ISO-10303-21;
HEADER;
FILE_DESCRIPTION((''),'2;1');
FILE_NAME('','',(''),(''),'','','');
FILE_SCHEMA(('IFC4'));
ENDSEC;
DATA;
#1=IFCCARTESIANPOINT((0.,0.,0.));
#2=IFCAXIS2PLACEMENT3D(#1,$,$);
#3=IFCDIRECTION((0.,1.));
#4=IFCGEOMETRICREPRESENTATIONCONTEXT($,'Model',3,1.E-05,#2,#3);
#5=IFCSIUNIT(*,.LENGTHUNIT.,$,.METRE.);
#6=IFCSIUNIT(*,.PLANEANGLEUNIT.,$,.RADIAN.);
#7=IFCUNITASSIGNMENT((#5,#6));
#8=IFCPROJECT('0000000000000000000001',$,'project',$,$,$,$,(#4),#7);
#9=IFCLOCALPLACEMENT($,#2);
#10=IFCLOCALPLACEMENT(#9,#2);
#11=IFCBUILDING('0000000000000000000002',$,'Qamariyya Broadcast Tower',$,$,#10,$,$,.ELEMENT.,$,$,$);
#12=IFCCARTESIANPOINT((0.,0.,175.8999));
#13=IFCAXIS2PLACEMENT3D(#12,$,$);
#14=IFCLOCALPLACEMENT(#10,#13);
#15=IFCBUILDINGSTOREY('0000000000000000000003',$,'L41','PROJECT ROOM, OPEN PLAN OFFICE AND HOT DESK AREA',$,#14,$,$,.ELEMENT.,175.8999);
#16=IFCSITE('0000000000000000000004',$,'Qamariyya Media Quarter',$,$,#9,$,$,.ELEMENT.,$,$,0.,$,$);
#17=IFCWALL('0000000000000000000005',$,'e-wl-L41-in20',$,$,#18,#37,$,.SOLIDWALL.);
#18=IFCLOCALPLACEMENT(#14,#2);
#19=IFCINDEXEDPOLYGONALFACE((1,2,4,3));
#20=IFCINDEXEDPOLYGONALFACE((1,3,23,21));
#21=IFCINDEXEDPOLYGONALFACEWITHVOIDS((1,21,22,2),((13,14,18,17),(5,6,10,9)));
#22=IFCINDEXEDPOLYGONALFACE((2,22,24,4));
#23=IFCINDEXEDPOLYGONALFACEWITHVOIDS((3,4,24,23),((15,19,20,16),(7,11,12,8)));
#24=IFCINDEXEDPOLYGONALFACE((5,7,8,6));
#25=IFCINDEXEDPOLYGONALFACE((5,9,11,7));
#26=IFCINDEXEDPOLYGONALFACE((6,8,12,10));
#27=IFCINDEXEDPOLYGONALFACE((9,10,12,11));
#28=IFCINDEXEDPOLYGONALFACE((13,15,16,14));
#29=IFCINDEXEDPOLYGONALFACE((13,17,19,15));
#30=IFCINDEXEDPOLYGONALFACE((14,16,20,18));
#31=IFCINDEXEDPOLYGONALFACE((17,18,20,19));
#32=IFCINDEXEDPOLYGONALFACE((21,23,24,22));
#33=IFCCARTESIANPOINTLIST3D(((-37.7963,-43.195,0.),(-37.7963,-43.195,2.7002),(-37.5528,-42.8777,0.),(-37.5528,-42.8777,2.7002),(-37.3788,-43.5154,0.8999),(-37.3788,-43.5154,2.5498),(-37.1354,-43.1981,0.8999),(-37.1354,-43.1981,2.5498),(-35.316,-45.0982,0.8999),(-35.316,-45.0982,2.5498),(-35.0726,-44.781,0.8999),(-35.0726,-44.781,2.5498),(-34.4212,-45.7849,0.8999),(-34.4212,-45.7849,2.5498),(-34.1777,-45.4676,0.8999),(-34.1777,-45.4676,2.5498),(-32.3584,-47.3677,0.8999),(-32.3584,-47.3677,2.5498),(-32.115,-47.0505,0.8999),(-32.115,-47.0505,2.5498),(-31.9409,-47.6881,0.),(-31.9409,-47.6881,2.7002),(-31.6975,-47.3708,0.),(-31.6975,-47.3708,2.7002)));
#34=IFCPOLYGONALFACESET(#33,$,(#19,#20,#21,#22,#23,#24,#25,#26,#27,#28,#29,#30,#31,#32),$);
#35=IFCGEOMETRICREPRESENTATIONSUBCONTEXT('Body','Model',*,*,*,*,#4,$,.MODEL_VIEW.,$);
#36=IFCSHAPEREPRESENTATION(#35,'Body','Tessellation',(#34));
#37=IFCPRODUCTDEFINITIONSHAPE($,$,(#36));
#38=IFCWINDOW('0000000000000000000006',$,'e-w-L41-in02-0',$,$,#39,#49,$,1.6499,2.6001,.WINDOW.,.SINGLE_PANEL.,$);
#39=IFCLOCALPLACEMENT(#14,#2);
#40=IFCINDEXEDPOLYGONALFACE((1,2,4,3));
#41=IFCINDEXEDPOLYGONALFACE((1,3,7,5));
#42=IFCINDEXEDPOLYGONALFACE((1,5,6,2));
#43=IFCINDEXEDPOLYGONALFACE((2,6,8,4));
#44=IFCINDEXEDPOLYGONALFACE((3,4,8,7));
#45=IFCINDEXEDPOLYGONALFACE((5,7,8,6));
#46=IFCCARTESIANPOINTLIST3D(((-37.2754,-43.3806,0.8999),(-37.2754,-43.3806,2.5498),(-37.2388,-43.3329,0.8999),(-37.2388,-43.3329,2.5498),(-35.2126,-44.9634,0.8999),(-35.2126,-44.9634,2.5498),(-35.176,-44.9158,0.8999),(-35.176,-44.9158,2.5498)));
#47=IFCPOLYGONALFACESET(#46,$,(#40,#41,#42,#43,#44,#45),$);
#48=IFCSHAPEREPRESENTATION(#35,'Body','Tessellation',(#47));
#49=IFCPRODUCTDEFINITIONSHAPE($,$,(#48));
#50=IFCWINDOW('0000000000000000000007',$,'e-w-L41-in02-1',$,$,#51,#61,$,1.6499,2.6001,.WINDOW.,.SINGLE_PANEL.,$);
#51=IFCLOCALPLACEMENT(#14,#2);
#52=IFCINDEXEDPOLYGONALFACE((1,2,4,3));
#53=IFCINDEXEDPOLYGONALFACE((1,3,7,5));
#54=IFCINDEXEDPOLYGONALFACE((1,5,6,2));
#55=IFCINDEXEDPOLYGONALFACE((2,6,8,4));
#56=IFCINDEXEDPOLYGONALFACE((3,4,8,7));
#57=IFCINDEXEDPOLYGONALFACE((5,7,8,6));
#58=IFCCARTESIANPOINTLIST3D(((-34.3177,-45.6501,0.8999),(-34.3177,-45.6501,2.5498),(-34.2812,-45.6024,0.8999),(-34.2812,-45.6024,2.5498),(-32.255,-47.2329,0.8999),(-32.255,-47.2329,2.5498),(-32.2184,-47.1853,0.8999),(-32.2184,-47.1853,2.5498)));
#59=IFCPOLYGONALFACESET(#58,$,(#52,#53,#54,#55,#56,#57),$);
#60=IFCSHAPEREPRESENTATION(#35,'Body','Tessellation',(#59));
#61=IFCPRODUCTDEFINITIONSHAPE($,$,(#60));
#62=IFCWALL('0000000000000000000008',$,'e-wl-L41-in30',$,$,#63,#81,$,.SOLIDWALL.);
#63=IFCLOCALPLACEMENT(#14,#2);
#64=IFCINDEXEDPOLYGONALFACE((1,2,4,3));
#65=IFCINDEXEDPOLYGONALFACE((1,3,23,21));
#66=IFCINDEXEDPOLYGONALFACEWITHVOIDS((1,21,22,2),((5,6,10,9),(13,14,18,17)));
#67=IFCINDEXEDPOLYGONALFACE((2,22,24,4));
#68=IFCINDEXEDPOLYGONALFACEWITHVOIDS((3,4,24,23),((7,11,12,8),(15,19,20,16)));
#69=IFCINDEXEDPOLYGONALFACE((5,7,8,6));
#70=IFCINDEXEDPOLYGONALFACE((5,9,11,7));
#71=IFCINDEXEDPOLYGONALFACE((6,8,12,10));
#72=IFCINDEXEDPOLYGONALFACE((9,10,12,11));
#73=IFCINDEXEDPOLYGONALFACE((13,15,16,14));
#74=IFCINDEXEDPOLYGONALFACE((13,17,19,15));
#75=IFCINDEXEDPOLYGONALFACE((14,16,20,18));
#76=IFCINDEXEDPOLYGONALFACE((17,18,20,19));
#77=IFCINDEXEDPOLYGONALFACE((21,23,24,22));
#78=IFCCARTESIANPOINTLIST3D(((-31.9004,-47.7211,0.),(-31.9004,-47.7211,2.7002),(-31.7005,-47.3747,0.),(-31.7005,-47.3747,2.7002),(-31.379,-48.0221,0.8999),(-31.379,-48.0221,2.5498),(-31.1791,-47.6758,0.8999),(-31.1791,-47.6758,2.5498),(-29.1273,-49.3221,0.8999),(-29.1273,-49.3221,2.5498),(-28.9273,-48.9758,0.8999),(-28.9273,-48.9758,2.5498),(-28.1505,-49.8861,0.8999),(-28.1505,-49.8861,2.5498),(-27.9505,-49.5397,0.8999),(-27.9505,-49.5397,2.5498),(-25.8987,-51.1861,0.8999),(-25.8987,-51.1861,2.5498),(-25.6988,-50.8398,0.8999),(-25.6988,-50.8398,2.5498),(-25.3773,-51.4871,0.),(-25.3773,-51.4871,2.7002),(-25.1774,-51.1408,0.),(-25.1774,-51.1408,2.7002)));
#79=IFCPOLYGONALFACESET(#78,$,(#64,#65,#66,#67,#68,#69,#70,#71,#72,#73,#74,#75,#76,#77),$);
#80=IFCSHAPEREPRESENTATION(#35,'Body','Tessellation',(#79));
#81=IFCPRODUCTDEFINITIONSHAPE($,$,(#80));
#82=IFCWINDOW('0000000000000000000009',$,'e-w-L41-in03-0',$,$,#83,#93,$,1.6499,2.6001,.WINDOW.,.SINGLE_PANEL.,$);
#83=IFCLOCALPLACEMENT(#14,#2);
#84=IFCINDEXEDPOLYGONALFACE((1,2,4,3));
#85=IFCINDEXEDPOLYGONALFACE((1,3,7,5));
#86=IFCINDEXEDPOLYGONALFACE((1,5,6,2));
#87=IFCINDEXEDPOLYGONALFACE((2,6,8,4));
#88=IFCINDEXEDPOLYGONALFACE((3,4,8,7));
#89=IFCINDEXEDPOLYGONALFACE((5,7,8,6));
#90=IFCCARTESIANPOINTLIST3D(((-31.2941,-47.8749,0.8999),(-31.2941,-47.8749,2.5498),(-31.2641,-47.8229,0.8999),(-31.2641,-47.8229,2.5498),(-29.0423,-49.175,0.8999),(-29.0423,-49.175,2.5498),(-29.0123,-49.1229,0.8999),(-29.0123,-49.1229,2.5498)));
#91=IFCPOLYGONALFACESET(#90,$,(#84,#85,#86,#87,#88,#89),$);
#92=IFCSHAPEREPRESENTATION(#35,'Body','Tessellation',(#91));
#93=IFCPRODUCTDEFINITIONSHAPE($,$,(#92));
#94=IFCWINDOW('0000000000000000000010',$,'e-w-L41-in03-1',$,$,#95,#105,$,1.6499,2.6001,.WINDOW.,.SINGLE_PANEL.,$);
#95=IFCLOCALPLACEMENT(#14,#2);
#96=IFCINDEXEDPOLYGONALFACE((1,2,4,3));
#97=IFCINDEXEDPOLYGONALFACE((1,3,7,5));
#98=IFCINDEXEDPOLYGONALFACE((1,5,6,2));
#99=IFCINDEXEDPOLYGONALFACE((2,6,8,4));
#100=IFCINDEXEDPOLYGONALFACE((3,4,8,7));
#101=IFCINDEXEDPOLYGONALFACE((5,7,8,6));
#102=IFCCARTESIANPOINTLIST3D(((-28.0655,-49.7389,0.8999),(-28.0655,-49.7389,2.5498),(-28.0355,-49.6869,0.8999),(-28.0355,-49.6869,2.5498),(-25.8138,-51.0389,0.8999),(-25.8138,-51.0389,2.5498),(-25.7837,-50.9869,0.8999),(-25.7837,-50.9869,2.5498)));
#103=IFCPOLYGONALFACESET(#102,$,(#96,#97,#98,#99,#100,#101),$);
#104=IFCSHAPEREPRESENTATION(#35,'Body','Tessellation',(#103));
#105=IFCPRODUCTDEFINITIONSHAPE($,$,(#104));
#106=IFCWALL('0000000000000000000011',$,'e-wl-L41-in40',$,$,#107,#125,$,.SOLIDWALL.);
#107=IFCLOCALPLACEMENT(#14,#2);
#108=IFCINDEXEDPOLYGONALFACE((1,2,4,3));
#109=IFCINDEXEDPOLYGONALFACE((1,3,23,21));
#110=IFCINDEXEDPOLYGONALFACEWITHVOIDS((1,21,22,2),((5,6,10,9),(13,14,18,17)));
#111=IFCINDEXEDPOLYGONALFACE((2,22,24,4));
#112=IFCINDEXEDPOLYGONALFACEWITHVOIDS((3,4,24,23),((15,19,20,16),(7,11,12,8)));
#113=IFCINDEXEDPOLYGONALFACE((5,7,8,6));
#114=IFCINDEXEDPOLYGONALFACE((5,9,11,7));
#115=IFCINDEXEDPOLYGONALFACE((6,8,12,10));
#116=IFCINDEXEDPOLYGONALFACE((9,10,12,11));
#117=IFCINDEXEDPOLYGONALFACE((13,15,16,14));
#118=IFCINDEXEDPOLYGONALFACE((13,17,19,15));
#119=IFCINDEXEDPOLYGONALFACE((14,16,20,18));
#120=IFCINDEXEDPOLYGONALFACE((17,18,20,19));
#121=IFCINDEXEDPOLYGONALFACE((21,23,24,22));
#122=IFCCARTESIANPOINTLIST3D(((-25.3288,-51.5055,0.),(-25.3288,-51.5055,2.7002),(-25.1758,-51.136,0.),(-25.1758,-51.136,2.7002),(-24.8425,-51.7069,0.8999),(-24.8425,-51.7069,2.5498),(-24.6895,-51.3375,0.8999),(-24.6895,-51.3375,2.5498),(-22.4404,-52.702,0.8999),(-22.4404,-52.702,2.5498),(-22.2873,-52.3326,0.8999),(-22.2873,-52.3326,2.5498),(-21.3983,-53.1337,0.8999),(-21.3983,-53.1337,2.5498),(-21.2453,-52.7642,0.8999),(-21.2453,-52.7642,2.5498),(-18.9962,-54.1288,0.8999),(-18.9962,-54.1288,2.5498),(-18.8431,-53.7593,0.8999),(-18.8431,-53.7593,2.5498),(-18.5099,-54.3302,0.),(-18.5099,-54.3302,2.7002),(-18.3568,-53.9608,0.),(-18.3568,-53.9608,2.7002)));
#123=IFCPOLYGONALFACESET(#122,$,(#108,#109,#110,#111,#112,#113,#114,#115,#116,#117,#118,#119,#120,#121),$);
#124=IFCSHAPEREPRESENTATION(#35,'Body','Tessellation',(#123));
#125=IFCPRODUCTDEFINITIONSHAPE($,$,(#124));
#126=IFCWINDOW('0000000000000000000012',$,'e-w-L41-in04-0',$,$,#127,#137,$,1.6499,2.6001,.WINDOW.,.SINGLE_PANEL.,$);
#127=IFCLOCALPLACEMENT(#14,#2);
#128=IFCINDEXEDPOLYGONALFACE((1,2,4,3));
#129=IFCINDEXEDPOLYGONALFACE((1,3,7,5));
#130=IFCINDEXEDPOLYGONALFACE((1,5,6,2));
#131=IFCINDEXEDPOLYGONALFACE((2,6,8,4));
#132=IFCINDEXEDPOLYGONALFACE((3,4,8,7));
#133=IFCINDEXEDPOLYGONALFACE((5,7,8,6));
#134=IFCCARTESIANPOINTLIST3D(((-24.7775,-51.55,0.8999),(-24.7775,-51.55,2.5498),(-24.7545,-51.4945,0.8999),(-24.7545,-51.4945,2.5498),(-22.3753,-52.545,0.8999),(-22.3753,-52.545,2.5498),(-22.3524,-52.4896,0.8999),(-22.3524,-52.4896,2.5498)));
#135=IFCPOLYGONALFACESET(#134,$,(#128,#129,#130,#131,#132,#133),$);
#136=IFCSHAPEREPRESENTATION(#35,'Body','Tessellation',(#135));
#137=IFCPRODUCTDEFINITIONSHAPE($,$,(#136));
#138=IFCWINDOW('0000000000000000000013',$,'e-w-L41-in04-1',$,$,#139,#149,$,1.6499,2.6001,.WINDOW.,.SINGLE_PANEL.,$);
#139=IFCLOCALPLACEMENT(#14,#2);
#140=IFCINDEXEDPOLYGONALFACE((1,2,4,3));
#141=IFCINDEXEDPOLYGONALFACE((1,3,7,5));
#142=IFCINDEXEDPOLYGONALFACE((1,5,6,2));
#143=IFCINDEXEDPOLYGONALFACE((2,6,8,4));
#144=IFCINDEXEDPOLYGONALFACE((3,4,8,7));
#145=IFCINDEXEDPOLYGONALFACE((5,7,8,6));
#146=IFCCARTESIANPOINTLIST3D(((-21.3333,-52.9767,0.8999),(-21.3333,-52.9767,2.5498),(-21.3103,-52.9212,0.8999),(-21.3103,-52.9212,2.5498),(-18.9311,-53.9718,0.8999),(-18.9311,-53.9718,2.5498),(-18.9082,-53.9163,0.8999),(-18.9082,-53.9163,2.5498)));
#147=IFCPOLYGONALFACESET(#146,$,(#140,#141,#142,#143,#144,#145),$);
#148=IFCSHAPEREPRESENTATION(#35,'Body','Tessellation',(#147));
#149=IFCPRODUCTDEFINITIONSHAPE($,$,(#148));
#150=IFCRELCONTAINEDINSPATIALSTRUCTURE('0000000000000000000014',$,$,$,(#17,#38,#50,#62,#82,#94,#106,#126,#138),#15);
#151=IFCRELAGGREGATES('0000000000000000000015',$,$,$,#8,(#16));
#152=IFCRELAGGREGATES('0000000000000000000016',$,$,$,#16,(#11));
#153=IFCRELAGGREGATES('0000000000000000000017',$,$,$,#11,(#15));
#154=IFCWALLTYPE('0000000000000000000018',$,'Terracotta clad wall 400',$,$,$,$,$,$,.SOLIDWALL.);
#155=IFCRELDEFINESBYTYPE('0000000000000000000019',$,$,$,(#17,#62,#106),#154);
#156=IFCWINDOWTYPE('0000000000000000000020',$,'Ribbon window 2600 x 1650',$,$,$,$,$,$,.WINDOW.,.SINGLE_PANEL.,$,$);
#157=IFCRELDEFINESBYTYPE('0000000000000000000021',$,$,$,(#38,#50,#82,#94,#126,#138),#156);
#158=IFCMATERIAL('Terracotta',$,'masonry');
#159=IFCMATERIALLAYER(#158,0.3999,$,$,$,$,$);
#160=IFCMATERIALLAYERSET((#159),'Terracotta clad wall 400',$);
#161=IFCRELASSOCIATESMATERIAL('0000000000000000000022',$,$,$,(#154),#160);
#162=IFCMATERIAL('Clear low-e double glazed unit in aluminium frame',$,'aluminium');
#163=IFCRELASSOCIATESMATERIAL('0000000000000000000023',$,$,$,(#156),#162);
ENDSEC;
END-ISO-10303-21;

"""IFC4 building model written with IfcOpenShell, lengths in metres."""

from ifc_helpers import new_model, si_unit, direction, frame, frame_2d, origin, place, context, subcontext, project, spatial, rectangle, extrude, material, layer, layer_set, type_object, element, fill, save


model = new_model("IFC4")

# Units and contexts
model_context = context("Model", 3, precision=1e-05, world=origin(), true_north=direction((0.0, 1.0)))
body_context = subcontext(model_context, "Body", "Model", "MODEL_VIEW")
ifc_project = project(units=[si_unit("LENGTHUNIT", "METRE"), si_unit("PLANEANGLEUNIT", "RADIAN")], contexts=[model_context])

# Site, building, storey
site_placement = place(None, origin())
site = spatial("IfcSite", under=ifc_project, at=site_placement, Name="Qamariyya Media Quarter", CompositionType="ELEMENT", RefElevation=0.0)
building_placement = place(site_placement, origin())
building = spatial("IfcBuilding", under=site, at=building_placement, Name="Qamariyya Broadcast Tower", CompositionType="ELEMENT")
storey_placement = place(building_placement, frame((0.0, 0.0, 175.8999)))
storey = spatial("IfcBuildingStorey", under=building, at=storey_placement, Name="L41", Description="PROJECT ROOM, OPEN PLAN OFFICE AND HOT DESK AREA", CompositionType="ELEMENT", Elevation=175.8999)

# Walls, openings, windows
ifc_material_1 = material(Name="Terracotta", Category="masonry")
ifc_layer_1 = layer(ifc_material_1, 0.3999)
ifc_layer_set_1 = layer_set([ifc_layer_1], Name="Terracotta clad wall 400")
wall_type_1 = type_object("IfcWallType", Name="Terracotta clad wall 400", PredefinedType="SOLIDWALL", material=ifc_layer_set_1)
wall_1_placement = place(storey_placement, frame((-31.8191, -47.5295, 0.0), z_axis=(0.0, 0.0, 1.0), x_axis=(-0.793346, 0.60877, 0.0)))
wall_1 = element("IfcWall", 1, at=wall_1_placement, inside=storey, type_object=wall_type_1, Name="e-wl-L41-in20", PredefinedType="SOLIDWALL", context=body_context, shape_type="SweptSolid", body=[
    extrude(rectangle(XDim=7.3806, YDim=0.3999, at=frame_2d((3.6904, 0.0))), origin(), (0.0, 0.0, 1.0), 2.7002),
])
opening_1_placement = place(wall_1_placement, frame((4.2544, 0.0, 0.8999)))
opening_1 = element("IfcOpeningElement", 2, at=opening_1_placement, cuts=wall_1, PredefinedType="OPENING", context=body_context, shape_type="SweptSolid", body=[
    extrude(rectangle(XDim=2.6001, YDim=1.6499, at=frame_2d((1.3, 0.825))), frame((0.0, 0.21, 0.0), z_axis=(0.0, -1.0, 0.0), x_axis=(1.0, 0.0, 0.0)), (0.0, 0.0, 1.0), 0.4199),
])
opening_2_placement = place(wall_1_placement, frame((0.5264, 0.0, 0.8999)))
opening_2 = element("IfcOpeningElement", 3, at=opening_2_placement, cuts=wall_1, PredefinedType="OPENING", context=body_context, shape_type="SweptSolid", body=[
    extrude(rectangle(XDim=2.6001, YDim=1.6499, at=frame_2d((1.3, 0.825))), frame((0.0, 0.21, 0.0), z_axis=(0.0, -1.0, 0.0), x_axis=(1.0, 0.0, 0.0)), (0.0, 0.0, 1.0), 0.4199),
])
ifc_material_2 = material(Name="Clear low-e double glazed unit in aluminium frame", Category="aluminium")
window_type = type_object("IfcWindowType", Name="Ribbon window 2600 x 1650", PartitioningType="SINGLE_PANEL", PredefinedType="WINDOW", material=ifc_material_2)
window_1_placement = place(opening_1_placement, origin())
window_1 = element("IfcWindow", 4, at=window_1_placement, inside=storey, type_object=window_type, Name="e-w-L41-in02-0", OverallHeight=1.6499, OverallWidth=2.6001, PartitioningType="SINGLE_PANEL", PredefinedType="WINDOW", context=body_context, shape_type="SweptSolid", body=[
    extrude(rectangle(XDim=2.6001, YDim=1.6499, at=frame_2d((1.3, 0.825))), frame((0.0, 0.03, 0.0), z_axis=(0.0, -1.0, 0.0), x_axis=(1.0, 0.0, 0.0)), (0.0, 0.0, 1.0), 0.0601),
])
fill(opening_1, window_1)
window_2_placement = place(opening_2_placement, origin())
window_2 = element("IfcWindow", 5, at=window_2_placement, inside=storey, type_object=window_type, Name="e-w-L41-in02-1", OverallHeight=1.6499, OverallWidth=2.6001, PartitioningType="SINGLE_PANEL", PredefinedType="WINDOW", context=body_context, shape_type="SweptSolid", body=[
    extrude(rectangle(XDim=2.6001, YDim=1.6499, at=frame_2d((1.3, 0.825))), frame((0.0, 0.03, 0.0), z_axis=(0.0, -1.0, 0.0), x_axis=(1.0, 0.0, 0.0)), (0.0, 0.0, 1.0), 0.0601),
])
fill(opening_2, window_2)
wall_2_placement = place(storey_placement, frame((-25.2773, -51.314, 0.0), z_axis=(0.0, 0.0, 1.0), x_axis=(-0.866029, 0.499995, 0.0)))
wall_2 = element("IfcWall", 6, at=wall_2_placement, inside=storey, type_object=wall_type_1, Name="e-wl-L41-in30", PredefinedType="SOLIDWALL", context=body_context, shape_type="SweptSolid", body=[
    extrude(rectangle(XDim=7.5322, YDim=0.3999, at=frame_2d((3.7661, 0.0))), origin(), (0.0, 0.0, 1.0), 2.7002),
])
opening_3_placement = place(wall_2_placement, frame((4.3301, 0.0, 0.8999)))
opening_3 = element("IfcOpeningElement", 7, at=opening_3_placement, cuts=wall_2, PredefinedType="OPENING", context=body_context, shape_type="SweptSolid", body=[
    extrude(rectangle(XDim=2.6001, YDim=1.6499, at=frame_2d((1.3, 0.825))), frame((0.0, 0.21, 0.0), z_axis=(0.0, -1.0, 0.0), x_axis=(1.0, 0.0, 0.0)), (0.0, 0.0, 1.0), 0.4199),
])
opening_4_placement = place(wall_2_placement, frame((0.6021, 0.0, 0.8999)))
opening_4 = element("IfcOpeningElement", 8, at=opening_4_placement, cuts=wall_2, PredefinedType="OPENING", context=body_context, shape_type="SweptSolid", body=[
    extrude(rectangle(XDim=2.6001, YDim=1.6499, at=frame_2d((1.3, 0.825))), frame((0.0, 0.21, 0.0), z_axis=(0.0, -1.0, 0.0), x_axis=(1.0, 0.0, 0.0)), (0.0, 0.0, 1.0), 0.4199),
])
window_3_placement = place(opening_3_placement, origin())
window_3 = element("IfcWindow", 9, at=window_3_placement, inside=storey, type_object=window_type, Name="e-w-L41-in03-0", OverallHeight=1.6499, OverallWidth=2.6001, PartitioningType="SINGLE_PANEL", PredefinedType="WINDOW", context=body_context, shape_type="SweptSolid", body=[
    extrude(rectangle(XDim=2.6001, YDim=1.6499, at=frame_2d((1.3, 0.825))), frame((0.0, 0.03, 0.0), z_axis=(0.0, -1.0, 0.0), x_axis=(1.0, 0.0, 0.0)), (0.0, 0.0, 1.0), 0.0601),
])
fill(opening_3, window_3)
window_4_placement = place(opening_4_placement, origin())
window_4 = element("IfcWindow", 10, at=window_4_placement, inside=storey, type_object=window_type, Name="e-w-L41-in03-1", OverallHeight=1.6499, OverallWidth=2.6001, PartitioningType="SINGLE_PANEL", PredefinedType="WINDOW", context=body_context, shape_type="SweptSolid", body=[
    extrude(rectangle(XDim=2.6001, YDim=1.6499, at=frame_2d((1.3, 0.825))), frame((0.0, 0.03, 0.0), z_axis=(0.0, -1.0, 0.0), x_axis=(1.0, 0.0, 0.0)), (0.0, 0.0, 1.0), 0.0601),
])
fill(opening_4, window_4)
wall_3_placement = place(storey_placement, frame((-18.4333, -54.1455, 0.0), z_axis=(0.0, 0.0, 1.0), x_axis=(-0.923868, 0.382712, 0.0)))
wall_3 = element("IfcWall", 11, at=wall_3_placement, inside=storey, type_object=wall_type_1, Name="e-wl-L41-in40", PredefinedType="SOLIDWALL", context=body_context, shape_type="SweptSolid", body=[
    extrude(rectangle(XDim=7.3809, YDim=0.3999, at=frame_2d((3.6904, 0.0))), origin(), (0.0, 0.0, 1.0), 2.7002),
])
opening_5_placement = place(wall_3_placement, frame((4.2544, 0.0, 0.8999)))
opening_5 = element("IfcOpeningElement", 12, at=opening_5_placement, cuts=wall_3, PredefinedType="OPENING", context=body_context, shape_type="SweptSolid", body=[
    extrude(rectangle(XDim=2.6001, YDim=1.6499, at=frame_2d((1.3, 0.825))), frame((0.0, 0.21, 0.0), z_axis=(0.0, -1.0, 0.0), x_axis=(1.0, 0.0, 0.0)), (0.0, 0.0, 1.0), 0.4199),
])
opening_6_placement = place(wall_3_placement, frame((0.5264, 0.0, 0.8999)))
opening_6 = element("IfcOpeningElement", 13, at=opening_6_placement, cuts=wall_3, PredefinedType="OPENING", context=body_context, shape_type="SweptSolid", body=[
    extrude(rectangle(XDim=2.6001, YDim=1.6499, at=frame_2d((1.3, 0.825))), frame((0.0, 0.21, 0.0), z_axis=(0.0, -1.0, 0.0), x_axis=(1.0, 0.0, 0.0)), (0.0, 0.0, 1.0), 0.4199),
])
window_5_placement = place(opening_5_placement, origin())
window_5 = element("IfcWindow", 14, at=window_5_placement, inside=storey, type_object=window_type, Name="e-w-L41-in04-0", OverallHeight=1.6499, OverallWidth=2.6001, PartitioningType="SINGLE_PANEL", PredefinedType="WINDOW", context=body_context, shape_type="SweptSolid", body=[
    extrude(rectangle(XDim=2.6001, YDim=1.6499, at=frame_2d((1.3, 0.825))), frame((0.0, 0.03, 0.0), z_axis=(0.0, -1.0, 0.0), x_axis=(1.0, 0.0, 0.0)), (0.0, 0.0, 1.0), 0.0601),
])
fill(opening_5, window_5)
window_6_placement = place(opening_6_placement, origin())
window_6 = element("IfcWindow", 15, at=window_6_placement, inside=storey, type_object=window_type, Name="e-w-L41-in04-1", OverallHeight=1.6499, OverallWidth=2.6001, PartitioningType="SINGLE_PANEL", PredefinedType="WINDOW", context=body_context, shape_type="SweptSolid", body=[
    extrude(rectangle(XDim=2.6001, YDim=1.6499, at=frame_2d((1.3, 0.825))), frame((0.0, 0.03, 0.0), z_axis=(0.0, -1.0, 0.0), x_axis=(1.0, 0.0, 0.0)), (0.0, 0.0, 1.0), 0.0601),
])
fill(opening_6, window_6)

save(model, "model.ifc")
